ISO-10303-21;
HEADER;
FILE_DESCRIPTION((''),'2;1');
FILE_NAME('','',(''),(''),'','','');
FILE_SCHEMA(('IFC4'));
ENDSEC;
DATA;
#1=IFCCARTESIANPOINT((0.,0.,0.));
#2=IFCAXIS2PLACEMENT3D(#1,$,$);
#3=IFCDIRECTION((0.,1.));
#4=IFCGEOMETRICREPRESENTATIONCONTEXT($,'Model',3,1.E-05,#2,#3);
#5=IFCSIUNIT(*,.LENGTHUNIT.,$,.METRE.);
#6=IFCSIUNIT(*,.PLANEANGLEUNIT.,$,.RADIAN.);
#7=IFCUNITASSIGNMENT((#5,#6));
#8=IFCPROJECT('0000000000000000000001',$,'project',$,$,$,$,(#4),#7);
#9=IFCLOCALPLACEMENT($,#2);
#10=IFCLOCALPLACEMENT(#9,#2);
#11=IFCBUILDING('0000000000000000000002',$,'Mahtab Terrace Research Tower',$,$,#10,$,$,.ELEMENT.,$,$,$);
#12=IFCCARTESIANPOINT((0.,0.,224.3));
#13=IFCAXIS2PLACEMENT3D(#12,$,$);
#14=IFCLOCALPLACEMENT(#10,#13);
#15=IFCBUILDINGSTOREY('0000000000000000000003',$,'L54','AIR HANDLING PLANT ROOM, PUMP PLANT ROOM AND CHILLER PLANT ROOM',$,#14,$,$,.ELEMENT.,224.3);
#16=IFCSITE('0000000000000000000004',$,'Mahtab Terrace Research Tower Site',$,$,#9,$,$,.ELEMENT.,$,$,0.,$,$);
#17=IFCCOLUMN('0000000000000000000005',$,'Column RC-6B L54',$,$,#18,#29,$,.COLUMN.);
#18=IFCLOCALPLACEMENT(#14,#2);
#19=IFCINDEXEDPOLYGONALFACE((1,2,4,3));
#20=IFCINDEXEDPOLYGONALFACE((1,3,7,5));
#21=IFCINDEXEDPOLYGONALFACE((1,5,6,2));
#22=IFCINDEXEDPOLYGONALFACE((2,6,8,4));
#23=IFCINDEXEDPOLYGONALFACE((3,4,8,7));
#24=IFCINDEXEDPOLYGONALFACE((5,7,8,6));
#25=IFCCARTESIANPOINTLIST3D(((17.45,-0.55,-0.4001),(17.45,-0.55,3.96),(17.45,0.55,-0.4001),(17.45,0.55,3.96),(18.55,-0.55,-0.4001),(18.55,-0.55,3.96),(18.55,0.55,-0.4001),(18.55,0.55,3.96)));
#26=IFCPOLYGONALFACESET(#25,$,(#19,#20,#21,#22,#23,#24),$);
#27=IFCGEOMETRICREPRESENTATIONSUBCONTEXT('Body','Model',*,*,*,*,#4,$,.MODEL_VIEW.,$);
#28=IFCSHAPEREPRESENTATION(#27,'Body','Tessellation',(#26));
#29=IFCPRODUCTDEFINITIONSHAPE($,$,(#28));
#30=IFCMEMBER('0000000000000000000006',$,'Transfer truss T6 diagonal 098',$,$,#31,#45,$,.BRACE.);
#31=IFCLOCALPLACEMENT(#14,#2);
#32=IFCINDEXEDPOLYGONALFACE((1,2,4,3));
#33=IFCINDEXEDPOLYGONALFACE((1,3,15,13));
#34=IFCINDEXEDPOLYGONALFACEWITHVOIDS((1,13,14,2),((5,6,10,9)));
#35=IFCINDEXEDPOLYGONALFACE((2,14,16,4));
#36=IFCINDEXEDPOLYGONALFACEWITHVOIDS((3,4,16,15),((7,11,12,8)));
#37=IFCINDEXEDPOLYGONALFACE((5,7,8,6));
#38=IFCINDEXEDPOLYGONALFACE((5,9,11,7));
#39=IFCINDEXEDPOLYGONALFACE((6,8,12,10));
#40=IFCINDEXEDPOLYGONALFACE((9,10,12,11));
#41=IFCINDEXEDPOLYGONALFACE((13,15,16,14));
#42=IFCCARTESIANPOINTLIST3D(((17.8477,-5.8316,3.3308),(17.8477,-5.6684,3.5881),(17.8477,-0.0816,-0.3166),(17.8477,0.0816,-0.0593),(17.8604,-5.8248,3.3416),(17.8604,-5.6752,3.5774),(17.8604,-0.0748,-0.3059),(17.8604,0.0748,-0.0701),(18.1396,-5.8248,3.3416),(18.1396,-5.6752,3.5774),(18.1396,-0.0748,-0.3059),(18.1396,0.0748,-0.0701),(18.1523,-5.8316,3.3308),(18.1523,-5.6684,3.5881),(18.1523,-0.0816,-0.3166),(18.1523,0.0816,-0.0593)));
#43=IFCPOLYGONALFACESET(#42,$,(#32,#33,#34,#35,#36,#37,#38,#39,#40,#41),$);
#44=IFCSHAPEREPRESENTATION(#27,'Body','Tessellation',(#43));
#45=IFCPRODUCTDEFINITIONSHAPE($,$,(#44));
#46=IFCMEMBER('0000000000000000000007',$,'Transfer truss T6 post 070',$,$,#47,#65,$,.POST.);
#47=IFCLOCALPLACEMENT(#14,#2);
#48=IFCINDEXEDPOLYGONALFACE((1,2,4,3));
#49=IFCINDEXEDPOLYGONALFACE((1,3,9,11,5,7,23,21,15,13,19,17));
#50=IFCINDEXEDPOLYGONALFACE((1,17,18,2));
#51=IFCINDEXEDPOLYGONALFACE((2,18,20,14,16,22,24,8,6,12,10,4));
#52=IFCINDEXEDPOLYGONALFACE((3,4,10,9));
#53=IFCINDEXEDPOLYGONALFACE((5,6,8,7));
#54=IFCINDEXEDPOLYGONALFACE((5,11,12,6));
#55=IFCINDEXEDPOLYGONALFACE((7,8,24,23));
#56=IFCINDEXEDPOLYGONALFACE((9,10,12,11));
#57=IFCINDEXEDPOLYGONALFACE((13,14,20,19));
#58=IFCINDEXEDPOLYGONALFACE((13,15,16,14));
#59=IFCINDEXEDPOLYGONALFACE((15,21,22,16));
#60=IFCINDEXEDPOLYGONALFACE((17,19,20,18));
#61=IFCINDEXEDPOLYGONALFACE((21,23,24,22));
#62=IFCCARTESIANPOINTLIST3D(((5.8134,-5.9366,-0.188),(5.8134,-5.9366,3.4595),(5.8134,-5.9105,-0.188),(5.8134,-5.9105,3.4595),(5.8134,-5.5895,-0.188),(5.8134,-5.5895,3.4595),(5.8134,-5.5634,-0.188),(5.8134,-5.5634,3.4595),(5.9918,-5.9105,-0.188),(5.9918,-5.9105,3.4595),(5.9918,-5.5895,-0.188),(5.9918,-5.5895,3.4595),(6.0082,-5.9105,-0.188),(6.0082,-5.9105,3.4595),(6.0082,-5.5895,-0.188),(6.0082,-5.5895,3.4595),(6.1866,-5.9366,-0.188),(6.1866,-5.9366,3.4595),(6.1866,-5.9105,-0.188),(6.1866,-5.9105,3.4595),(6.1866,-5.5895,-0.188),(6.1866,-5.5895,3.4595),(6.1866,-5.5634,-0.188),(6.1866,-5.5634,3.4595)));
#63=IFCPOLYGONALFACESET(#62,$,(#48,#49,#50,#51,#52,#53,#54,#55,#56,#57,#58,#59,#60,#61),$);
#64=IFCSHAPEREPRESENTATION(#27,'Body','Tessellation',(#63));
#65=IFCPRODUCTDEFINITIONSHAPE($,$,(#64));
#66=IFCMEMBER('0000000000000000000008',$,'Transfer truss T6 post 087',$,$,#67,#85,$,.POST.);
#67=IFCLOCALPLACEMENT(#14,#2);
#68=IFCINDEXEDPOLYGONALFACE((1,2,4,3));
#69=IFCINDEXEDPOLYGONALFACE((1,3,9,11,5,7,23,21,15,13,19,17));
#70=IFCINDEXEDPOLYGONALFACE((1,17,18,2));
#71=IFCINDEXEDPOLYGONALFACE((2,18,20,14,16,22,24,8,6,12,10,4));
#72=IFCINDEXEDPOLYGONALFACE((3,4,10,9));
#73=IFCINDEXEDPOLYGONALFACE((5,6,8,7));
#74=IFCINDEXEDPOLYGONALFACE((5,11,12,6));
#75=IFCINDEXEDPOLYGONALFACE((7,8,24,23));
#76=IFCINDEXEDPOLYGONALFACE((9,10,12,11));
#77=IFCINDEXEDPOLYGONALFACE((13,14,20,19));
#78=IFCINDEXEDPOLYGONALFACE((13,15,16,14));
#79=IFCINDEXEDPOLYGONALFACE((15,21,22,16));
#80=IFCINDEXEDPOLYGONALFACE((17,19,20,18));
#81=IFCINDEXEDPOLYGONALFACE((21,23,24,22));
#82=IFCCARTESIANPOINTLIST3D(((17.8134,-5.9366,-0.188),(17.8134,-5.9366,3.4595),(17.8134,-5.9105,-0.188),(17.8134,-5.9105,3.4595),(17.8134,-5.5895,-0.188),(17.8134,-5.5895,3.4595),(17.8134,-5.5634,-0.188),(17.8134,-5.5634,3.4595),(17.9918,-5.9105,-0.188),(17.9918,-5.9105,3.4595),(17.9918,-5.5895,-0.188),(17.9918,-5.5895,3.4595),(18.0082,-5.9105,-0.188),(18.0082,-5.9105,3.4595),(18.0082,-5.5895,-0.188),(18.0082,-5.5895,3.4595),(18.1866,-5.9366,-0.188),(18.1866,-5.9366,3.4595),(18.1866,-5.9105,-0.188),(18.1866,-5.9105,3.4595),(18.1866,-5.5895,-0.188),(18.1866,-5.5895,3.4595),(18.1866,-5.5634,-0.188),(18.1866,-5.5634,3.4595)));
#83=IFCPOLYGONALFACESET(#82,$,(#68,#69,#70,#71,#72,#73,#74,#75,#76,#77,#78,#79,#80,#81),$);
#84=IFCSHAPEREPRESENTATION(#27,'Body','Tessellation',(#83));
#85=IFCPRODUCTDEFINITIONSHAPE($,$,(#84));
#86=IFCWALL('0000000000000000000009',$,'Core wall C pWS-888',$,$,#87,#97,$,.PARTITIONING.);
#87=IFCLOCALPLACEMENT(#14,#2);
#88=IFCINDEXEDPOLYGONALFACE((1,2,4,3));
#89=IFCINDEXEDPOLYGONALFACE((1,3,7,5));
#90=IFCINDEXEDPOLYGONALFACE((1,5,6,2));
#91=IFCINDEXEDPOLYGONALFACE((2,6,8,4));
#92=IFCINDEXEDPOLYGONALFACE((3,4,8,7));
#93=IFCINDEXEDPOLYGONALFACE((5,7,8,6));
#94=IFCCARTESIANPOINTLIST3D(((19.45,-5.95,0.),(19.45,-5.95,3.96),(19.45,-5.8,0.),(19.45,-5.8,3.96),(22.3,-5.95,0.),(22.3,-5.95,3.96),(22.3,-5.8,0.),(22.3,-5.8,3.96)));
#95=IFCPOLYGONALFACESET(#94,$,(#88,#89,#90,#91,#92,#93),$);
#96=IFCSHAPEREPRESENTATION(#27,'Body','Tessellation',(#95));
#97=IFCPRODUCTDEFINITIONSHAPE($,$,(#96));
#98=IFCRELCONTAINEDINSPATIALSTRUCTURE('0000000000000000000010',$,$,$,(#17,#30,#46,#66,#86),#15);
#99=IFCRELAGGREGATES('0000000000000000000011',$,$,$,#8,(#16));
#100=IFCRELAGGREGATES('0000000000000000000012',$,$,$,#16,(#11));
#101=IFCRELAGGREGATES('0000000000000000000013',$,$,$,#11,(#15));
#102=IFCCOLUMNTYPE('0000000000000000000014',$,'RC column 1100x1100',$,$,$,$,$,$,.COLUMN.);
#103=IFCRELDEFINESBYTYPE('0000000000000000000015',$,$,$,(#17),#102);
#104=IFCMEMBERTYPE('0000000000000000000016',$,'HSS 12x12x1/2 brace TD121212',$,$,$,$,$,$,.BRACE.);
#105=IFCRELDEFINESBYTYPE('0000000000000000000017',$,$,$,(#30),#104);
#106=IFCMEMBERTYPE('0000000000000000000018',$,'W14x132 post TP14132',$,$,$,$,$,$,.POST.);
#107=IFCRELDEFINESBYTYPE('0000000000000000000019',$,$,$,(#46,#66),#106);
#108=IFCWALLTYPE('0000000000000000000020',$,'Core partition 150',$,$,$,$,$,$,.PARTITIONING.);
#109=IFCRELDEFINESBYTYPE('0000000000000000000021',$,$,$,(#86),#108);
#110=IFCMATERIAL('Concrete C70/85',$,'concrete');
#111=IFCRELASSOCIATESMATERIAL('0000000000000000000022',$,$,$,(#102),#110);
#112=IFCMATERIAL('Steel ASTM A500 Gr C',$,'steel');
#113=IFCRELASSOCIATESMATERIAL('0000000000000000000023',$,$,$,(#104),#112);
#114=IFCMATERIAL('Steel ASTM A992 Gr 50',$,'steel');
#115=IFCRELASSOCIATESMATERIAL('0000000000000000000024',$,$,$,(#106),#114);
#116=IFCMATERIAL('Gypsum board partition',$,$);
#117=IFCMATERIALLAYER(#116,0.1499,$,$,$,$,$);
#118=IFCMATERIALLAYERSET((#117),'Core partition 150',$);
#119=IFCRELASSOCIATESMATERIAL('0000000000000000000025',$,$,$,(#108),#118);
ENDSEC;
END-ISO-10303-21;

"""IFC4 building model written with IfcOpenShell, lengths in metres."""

from ifc_helpers import new_model, si_unit, direction, frame, frame_2d, origin, origin_2d, place, context, subcontext, project, spatial, rectangle, hollow_rectangle, i_section, extrude, material, layer, layer_set, material_profile, profile_set, type_object, element, save


model = new_model("IFC4")

# Units and contexts
model_context = context("Model", 3, precision=1e-05, world=origin(), true_north=direction((0.0, 1.0)))
body_context = subcontext(model_context, "Body", "Model", "MODEL_VIEW")
ifc_project = project(units=[si_unit("LENGTHUNIT", "METRE"), si_unit("PLANEANGLEUNIT", "RADIAN")], contexts=[model_context])

# Site, building, storey
site_placement = place(None, origin())
site = spatial("IfcSite", under=ifc_project, at=site_placement, Name="Mahtab Terrace Research Tower Site", CompositionType="ELEMENT", RefElevation=0.0)
building_placement = place(site_placement, origin())
building = spatial("IfcBuilding", under=site, at=building_placement, Name="Mahtab Terrace Research Tower", CompositionType="ELEMENT")
storey_placement = place(building_placement, frame((0.0, 0.0, 224.3)))
storey = spatial("IfcBuildingStorey", under=building, at=storey_placement, Name="L54", Description="AIR HANDLING PLANT ROOM, PUMP PLANT ROOM AND CHILLER PLANT ROOM", CompositionType="ELEMENT", Elevation=224.3)

# Column
ifc_material_1 = material(Name="Concrete C70/85", Category="concrete")
ifc_material_profile_1 = material_profile(ifc_material_1, rectangle(XDim=1.1001, YDim=1.1001, at=origin_2d()), Name="RC column 1100x1100")
ifc_profile_set_1 = profile_set([ifc_material_profile_1], Name="Concrete C70/85")
column_type = type_object("IfcColumnType", Name="RC column 1100x1100", PredefinedType="COLUMN", material=ifc_profile_set_1)
column_placement = place(storey_placement, frame((18.0, 0.0, -0.4001), z_axis=(0.0, 0.0, 1.0), x_axis=(1.0, 0.0, 0.0)))
element("IfcColumn", 1, at=column_placement, inside=storey, type_object=column_type, Name="Column RC-6B L54", PredefinedType="COLUMN", context=body_context, shape_type="SweptSolid", body=[
    extrude(rectangle(XDim=1.1001, YDim=1.1001, at=origin_2d()), origin(), (0.0, 0.0, 1.0), 4.3601),
])

# Members
ifc_material_2 = material(Name="Steel ASTM A500 Gr C", Category="steel")
ifc_material_profile_2 = material_profile(ifc_material_2, hollow_rectangle(XDim=0.3047, YDim=0.3047, WallThickness=0.0127, at=origin_2d()), Name="HSS12X12X1/2")
ifc_profile_set_2 = profile_set([ifc_material_profile_2], Name="Steel ASTM A500 Gr C")
member_type_1 = type_object("IfcMemberType", Name="HSS 12x12x1/2 brace TD121212", PredefinedType="BRACE", material=ifc_profile_set_2)
member_placement = place(storey_placement, frame((18.0, 0.0, -0.188), z_axis=(0.0, -0.844434, 0.535659), x_axis=(1.0, 0.0, 0.0)))
element("IfcMember", 2, at=member_placement, inside=storey, type_object=member_type_1, Name="Transfer truss T6 diagonal 098", PredefinedType="BRACE", context=body_context, shape_type="SweptSolid", body=[
    extrude(hollow_rectangle(XDim=0.3047, YDim=0.3047, WallThickness=0.0127, at=origin_2d()), origin(), (0.0, 0.0, 1.0), 6.8093),
])
ifc_material_3 = material(Name="Steel ASTM A992 Gr 50", Category="steel")
ifc_material_profile_3 = material_profile(ifc_material_3, i_section(OverallWidth=0.3733, OverallDepth=0.3733, WebThickness=0.0164, FlangeThickness=0.0261, at=origin_2d()), Name="W14X132")
ifc_profile_set_3 = profile_set([ifc_material_profile_3], Name="Steel ASTM A992 Gr 50")
member_type_2 = type_object("IfcMemberType", Name="W14x132 post TP14132", PredefinedType="POST", material=ifc_profile_set_3)
for number, where, z_axis, x_axis, name in (
    (3, (6.0, -5.75, -0.188), (0.0, 0.0, 1.0), (1.0, 0.0, 0.0), "Transfer truss T6 post 070"),
    (4, (18.0, -5.75, -0.188), (0.0, 0.0, 1.0), (1.0, 0.0, 0.0), "Transfer truss T6 post 087"),
):
    element("IfcMember", number, at=place(storey_placement, frame(where, z_axis=z_axis, x_axis=x_axis)), inside=storey, type_object=member_type_2, Name=name, PredefinedType="POST", context=body_context, shape_type="SweptSolid", body=[
        extrude(i_section(OverallWidth=0.3733, OverallDepth=0.3733, WebThickness=0.0164, FlangeThickness=0.0261, at=origin_2d()), origin(), (0.0, 0.0, 1.0), 3.6475),
    ])

# Wall
ifc_material_4 = material(Name="Gypsum board partition")
ifc_layer_1 = layer(ifc_material_4, 0.1499)
ifc_layer_set_1 = layer_set([ifc_layer_1], Name="Core partition 150")
wall_type_1 = type_object("IfcWallType", Name="Core partition 150", PredefinedType="PARTITIONING", material=ifc_layer_set_1)
wall_1_placement = place(storey_placement, frame((19.45, -5.875, 0.0), z_axis=(0.0, 0.0, 1.0), x_axis=(1.0, 0.0, 0.0)))
element("IfcWall", 5, at=wall_1_placement, inside=storey, type_object=wall_type_1, Name="Core wall C pWS-888", PredefinedType="PARTITIONING", context=body_context, shape_type="SweptSolid", body=[
    extrude(rectangle(XDim=2.8501, YDim=0.1499, at=frame_2d((1.425, 0.0))), origin(), (0.0, 0.0, 1.0), 3.96),
])

save(model, "model.ifc")
